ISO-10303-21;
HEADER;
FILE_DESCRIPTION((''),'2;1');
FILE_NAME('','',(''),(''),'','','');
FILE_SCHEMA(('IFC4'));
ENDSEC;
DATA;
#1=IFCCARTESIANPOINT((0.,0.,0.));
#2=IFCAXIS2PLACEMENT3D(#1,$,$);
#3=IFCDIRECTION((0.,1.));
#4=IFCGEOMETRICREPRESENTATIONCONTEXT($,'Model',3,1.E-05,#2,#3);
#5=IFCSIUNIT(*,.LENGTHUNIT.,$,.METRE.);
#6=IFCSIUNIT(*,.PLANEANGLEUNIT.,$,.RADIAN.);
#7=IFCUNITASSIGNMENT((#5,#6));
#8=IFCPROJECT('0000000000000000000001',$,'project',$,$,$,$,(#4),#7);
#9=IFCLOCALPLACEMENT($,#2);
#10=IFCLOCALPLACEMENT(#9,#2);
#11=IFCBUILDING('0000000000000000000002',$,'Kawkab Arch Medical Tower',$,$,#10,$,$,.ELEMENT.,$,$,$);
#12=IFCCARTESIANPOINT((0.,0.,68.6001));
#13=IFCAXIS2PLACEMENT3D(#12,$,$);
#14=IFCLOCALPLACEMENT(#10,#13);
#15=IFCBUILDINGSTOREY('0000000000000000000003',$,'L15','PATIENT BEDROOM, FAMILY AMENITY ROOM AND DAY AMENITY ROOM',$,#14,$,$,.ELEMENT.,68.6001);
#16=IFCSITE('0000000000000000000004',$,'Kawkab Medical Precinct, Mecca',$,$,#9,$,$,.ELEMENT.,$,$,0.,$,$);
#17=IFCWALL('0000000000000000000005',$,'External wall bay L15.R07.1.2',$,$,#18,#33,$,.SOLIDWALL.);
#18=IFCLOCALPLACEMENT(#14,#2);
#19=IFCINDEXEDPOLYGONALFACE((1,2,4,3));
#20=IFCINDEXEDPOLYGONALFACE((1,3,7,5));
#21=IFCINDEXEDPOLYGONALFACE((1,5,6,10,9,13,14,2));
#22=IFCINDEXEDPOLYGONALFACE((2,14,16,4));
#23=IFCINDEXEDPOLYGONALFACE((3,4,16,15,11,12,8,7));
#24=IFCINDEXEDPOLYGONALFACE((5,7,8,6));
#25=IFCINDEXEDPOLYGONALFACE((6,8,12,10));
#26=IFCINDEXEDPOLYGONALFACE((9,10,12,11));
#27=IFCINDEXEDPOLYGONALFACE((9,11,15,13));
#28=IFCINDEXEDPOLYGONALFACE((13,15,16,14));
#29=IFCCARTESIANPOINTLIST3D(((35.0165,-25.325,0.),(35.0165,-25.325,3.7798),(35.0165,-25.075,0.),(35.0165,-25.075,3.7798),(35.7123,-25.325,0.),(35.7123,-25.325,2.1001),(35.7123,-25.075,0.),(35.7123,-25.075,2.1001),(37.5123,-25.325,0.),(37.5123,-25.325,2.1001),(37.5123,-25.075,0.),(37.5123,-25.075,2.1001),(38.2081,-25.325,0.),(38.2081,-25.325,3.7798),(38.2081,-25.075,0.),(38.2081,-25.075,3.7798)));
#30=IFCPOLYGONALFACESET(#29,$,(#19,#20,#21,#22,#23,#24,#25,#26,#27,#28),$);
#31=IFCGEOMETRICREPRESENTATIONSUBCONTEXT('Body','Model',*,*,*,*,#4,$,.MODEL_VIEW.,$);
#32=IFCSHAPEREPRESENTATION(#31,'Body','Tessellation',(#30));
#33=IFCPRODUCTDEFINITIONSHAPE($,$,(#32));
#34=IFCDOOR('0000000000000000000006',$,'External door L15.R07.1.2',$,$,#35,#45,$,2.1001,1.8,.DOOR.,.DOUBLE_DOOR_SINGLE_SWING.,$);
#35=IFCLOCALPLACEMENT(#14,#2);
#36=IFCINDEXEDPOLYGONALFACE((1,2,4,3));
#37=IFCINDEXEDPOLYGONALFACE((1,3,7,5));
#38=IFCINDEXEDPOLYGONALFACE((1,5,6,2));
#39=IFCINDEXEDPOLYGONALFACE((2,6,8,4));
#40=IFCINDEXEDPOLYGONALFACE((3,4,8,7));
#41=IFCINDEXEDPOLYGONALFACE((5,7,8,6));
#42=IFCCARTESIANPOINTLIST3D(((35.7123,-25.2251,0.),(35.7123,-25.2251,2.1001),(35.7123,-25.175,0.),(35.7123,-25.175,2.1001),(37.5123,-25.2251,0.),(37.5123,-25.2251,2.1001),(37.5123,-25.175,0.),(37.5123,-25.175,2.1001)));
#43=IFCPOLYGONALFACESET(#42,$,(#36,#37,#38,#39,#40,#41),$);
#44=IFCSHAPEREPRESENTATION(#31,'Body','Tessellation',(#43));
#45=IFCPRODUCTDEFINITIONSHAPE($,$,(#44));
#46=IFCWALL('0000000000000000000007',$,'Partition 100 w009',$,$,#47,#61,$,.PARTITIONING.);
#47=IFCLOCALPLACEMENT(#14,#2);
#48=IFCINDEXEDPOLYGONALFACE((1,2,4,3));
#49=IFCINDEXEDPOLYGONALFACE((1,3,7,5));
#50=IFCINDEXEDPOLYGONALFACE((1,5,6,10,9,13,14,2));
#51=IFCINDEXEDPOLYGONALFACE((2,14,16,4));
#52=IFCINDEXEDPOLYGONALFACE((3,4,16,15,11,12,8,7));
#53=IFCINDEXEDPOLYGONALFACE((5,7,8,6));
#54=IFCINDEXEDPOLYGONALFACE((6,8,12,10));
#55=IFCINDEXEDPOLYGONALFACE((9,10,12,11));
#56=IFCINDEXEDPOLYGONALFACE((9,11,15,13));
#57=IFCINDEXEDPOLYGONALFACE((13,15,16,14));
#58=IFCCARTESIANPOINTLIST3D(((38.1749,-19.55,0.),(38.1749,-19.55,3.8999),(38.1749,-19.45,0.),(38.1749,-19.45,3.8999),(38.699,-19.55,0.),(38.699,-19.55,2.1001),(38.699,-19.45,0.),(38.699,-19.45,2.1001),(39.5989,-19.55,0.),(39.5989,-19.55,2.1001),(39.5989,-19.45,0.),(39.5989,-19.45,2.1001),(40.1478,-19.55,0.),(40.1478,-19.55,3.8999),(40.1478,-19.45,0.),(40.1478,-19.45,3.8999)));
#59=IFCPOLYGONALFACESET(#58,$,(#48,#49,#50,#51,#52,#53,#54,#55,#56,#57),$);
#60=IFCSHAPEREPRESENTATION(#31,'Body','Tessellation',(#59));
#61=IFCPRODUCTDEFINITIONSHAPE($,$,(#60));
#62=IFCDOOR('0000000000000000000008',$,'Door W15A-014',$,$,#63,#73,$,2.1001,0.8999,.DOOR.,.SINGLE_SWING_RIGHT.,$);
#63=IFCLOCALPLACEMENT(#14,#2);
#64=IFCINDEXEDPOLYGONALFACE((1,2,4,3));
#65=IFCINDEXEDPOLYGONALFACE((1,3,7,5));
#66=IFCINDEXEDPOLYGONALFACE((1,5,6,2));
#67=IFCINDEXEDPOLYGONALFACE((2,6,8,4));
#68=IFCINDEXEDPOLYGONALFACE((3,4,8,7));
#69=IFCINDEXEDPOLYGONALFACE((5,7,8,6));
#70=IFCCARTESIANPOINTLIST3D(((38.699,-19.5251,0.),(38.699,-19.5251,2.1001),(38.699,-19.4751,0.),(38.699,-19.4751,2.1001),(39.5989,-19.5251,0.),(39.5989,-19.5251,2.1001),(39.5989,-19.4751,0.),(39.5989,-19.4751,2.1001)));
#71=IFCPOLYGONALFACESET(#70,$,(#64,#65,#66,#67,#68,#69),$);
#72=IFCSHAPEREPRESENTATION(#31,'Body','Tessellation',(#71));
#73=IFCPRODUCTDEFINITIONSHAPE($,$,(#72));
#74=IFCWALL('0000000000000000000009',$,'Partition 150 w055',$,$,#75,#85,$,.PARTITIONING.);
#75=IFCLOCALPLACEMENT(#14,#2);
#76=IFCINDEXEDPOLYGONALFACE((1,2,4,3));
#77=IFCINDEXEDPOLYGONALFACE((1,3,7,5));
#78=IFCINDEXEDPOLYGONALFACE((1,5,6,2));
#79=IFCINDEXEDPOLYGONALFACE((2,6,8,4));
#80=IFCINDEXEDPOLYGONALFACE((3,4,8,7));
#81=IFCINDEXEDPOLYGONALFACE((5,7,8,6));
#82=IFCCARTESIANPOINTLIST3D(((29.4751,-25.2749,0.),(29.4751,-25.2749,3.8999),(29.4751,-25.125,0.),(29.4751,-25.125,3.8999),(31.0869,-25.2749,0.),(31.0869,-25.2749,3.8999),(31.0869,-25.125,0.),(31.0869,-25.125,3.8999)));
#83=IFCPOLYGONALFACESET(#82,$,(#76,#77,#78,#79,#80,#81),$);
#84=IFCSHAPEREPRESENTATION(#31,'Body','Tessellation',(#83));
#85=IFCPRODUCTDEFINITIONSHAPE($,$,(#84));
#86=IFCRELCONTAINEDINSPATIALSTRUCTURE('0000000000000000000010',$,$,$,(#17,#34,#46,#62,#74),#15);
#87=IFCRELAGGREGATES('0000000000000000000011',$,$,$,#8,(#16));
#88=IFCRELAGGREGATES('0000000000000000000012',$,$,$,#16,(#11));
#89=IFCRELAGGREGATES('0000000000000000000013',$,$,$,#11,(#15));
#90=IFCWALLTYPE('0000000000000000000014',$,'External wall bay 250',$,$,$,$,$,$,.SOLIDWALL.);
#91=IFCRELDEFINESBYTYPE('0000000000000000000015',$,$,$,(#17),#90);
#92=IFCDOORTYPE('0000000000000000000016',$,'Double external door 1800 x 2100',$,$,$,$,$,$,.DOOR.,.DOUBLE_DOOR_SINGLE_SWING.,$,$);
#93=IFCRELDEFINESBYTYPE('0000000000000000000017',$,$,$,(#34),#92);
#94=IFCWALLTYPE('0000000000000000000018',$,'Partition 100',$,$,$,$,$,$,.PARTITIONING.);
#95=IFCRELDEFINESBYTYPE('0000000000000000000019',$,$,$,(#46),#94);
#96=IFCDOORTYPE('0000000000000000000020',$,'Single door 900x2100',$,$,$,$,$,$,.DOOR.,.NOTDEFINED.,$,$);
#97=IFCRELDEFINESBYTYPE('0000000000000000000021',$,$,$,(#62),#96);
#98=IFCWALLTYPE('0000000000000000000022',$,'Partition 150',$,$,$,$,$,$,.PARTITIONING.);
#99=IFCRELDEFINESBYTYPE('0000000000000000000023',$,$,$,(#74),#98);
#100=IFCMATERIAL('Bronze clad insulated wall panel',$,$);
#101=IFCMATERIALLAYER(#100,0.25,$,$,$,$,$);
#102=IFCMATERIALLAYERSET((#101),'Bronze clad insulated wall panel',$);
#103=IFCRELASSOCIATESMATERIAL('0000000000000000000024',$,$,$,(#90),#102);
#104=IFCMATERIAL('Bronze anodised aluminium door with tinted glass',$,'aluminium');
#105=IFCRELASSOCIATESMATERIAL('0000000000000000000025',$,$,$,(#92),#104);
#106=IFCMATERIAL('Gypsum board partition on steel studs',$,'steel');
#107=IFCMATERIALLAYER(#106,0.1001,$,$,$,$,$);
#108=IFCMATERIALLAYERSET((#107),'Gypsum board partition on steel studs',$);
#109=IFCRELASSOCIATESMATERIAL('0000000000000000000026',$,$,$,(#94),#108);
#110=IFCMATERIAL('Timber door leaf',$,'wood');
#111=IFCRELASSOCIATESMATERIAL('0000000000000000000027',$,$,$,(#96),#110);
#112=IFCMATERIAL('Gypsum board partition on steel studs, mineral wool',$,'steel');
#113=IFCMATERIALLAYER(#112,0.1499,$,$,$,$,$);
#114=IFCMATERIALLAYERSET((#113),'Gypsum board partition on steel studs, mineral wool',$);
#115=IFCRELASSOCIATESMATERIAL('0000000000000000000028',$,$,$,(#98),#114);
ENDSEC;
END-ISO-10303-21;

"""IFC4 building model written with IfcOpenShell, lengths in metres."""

from ifc_helpers import new_model, si_unit, direction, frame, frame_2d, origin, place, context, subcontext, project, spatial, rectangle, extrude, material, layer, layer_set, type_object, element, fill, save


model = new_model("IFC4")

# Units and contexts
model_context = context("Model", 3, precision=1e-05, world=origin(), true_north=direction((0.0, 1.0)))
body_context = subcontext(model_context, "Body", "Model", "MODEL_VIEW")
ifc_project = project(units=[si_unit("LENGTHUNIT", "METRE"), si_unit("PLANEANGLEUNIT", "RADIAN")], contexts=[model_context])

# Site, building, storey
site_placement = place(None, origin())
site = spatial("IfcSite", under=ifc_project, at=site_placement, Name="Kawkab Medical Precinct, Mecca", CompositionType="ELEMENT", RefElevation=0.0)
building_placement = place(site_placement, origin())
building = spatial("IfcBuilding", under=site, at=building_placement, Name="Kawkab Arch Medical Tower", CompositionType="ELEMENT")
storey_placement = place(building_placement, frame((0.0, 0.0, 68.6001)))
storey = spatial("IfcBuildingStorey", under=building, at=storey_placement, Name="L15", Description="PATIENT BEDROOM, FAMILY AMENITY ROOM AND DAY AMENITY ROOM", CompositionType="ELEMENT", Elevation=68.6001)

# Walls, openings, doors
ifc_material_1 = material(Name="Bronze clad insulated wall panel")
ifc_layer_1 = layer(ifc_material_1, 0.25)
ifc_layer_set_1 = layer_set([ifc_layer_1], Name="Bronze clad insulated wall panel")
wall_type_1 = type_object("IfcWallType", Name="External wall bay 250", PredefinedType="SOLIDWALL", material=ifc_layer_set_1)
wall_1_placement = place(storey_placement, frame((35.0166, -25.2, 0.0), z_axis=(0.0, 0.0, 1.0), x_axis=(1.0, 0.0, 0.0)))
wall_1 = element("IfcWall", 1, at=wall_1_placement, inside=storey, type_object=wall_type_1, Name="External wall bay L15.R07.1.2", PredefinedType="SOLIDWALL", context=body_context, shape_type="SweptSolid", body=[
    extrude(rectangle(XDim=3.1917, YDim=0.25, at=frame_2d((1.5957, 0.0))), origin(), (0.0, 0.0, 1.0), 3.7798),
])
opening_1_placement = place(wall_1_placement, frame((0.6958, 0.0, 0.0)))
opening_1 = element("IfcOpeningElement", 2, at=opening_1_placement, cuts=wall_1, PredefinedType="OPENING", context=body_context, shape_type="SweptSolid", body=[
    extrude(rectangle(XDim=1.8, YDim=2.1001, at=frame_2d((0.8999, 1.05))), frame((0.0, 0.135, 0.0), z_axis=(0.0, -1.0, 0.0), x_axis=(1.0, 0.0, 0.0)), (0.0, 0.0, 1.0), 0.27),
])
ifc_material_2 = material(Name="Bronze anodised aluminium door with tinted glass", Category="aluminium")
door_type_1 = type_object("IfcDoorType", Name="Double external door 1800 x 2100", OperationType="DOUBLE_DOOR_SINGLE_SWING", PredefinedType="DOOR", material=ifc_material_2)
door_1_placement = place(opening_1_placement, origin())
door_1 = element("IfcDoor", 3, at=door_1_placement, inside=storey, type_object=door_type_1, Name="External door L15.R07.1.2", OperationType="DOUBLE_DOOR_SINGLE_SWING", OverallHeight=2.1001, OverallWidth=1.8, PredefinedType="DOOR", context=body_context, shape_type="SweptSolid", body=[
    extrude(rectangle(XDim=1.8, YDim=2.1001, at=frame_2d((0.8999, 1.05))), frame((0.0, 0.0249, 0.0), z_axis=(0.0, -1.0, 0.0), x_axis=(1.0, 0.0, 0.0)), (0.0, 0.0, 1.0), 0.05),
])
fill(opening_1, door_1)
ifc_material_3 = material(Name="Gypsum board partition on steel studs", Category="steel")
ifc_layer_2 = layer(ifc_material_3, 0.1001)
ifc_layer_set_2 = layer_set([ifc_layer_2], Name="Gypsum board partition on steel studs")
wall_type_2 = type_object("IfcWallType", Name="Partition 100", PredefinedType="PARTITIONING", material=ifc_layer_set_2)
wall_2_placement = place(storey_placement, frame((38.175, -19.5, 0.0), z_axis=(0.0, 0.0, 1.0), x_axis=(1.0, 0.0, 0.0)))
wall_2 = element("IfcWall", 4, at=wall_2_placement, inside=storey, type_object=wall_type_2, Name="Partition 100 w009", PredefinedType="PARTITIONING", context=body_context, shape_type="SweptSolid", body=[
    extrude(rectangle(XDim=1.9729, YDim=0.1001, at=frame_2d((0.9863, 0.0))), origin(), (0.0, 0.0, 1.0), 3.8999),
])
opening_2_placement = place(wall_2_placement, frame((0.5239, 0.0, 0.0)))
opening_2 = element("IfcOpeningElement", 5, at=opening_2_placement, cuts=wall_2, PredefinedType="OPENING", context=body_context, shape_type="SweptSolid", body=[
    extrude(rectangle(XDim=0.8999, YDim=2.1001, at=frame_2d((0.45, 1.05))), frame((0.0, 0.0601, 0.0), z_axis=(0.0, -1.0, 0.0), x_axis=(1.0, 0.0, 0.0)), (0.0, 0.0, 1.0), 0.1201),
])
ifc_material_4 = material(Name="Timber door leaf", Category="wood")
door_type_2 = type_object("IfcDoorType", Name="Single door 900x2100", OperationType="NOTDEFINED", PredefinedType="DOOR", material=ifc_material_4)
door_2_placement = place(opening_2_placement, origin())
door_2 = element("IfcDoor", 6, at=door_2_placement, inside=storey, type_object=door_type_2, Name="Door W15A-014", OperationType="SINGLE_SWING_RIGHT", OverallHeight=2.1001, OverallWidth=0.8999, PredefinedType="DOOR", context=body_context, shape_type="SweptSolid", body=[
    extrude(rectangle(XDim=0.8999, YDim=2.1001, at=frame_2d((0.45, 1.05))), frame((0.0, 0.0249, 0.0), z_axis=(0.0, -1.0, 0.0), x_axis=(1.0, 0.0, 0.0)), (0.0, 0.0, 1.0), 0.05),
])
fill(opening_2, door_2)

# Wall
ifc_material_5 = material(Name="Gypsum board partition on steel studs, mineral wool", Category="steel")
ifc_layer_3 = layer(ifc_material_5, 0.1499)
ifc_layer_set_3 = layer_set([ifc_layer_3], Name="Gypsum board partition on steel studs, mineral wool")
wall_type_3 = type_object("IfcWallType", Name="Partition 150", PredefinedType="PARTITIONING", material=ifc_layer_set_3)
wall_3_placement = place(storey_placement, frame((29.4751, -25.2, 0.0), z_axis=(0.0, 0.0, 1.0), x_axis=(1.0, 0.0, 0.0)))
element("IfcWall", 7, at=wall_3_placement, inside=storey, type_object=wall_type_3, Name="Partition 150 w055", PredefinedType="PARTITIONING", context=body_context, shape_type="SweptSolid", body=[
    extrude(rectangle(XDim=1.6118, YDim=0.1499, at=frame_2d((0.8059, 0.0))), origin(), (0.0, 0.0, 1.0), 3.8999),
])

save(model, "model.ifc")
